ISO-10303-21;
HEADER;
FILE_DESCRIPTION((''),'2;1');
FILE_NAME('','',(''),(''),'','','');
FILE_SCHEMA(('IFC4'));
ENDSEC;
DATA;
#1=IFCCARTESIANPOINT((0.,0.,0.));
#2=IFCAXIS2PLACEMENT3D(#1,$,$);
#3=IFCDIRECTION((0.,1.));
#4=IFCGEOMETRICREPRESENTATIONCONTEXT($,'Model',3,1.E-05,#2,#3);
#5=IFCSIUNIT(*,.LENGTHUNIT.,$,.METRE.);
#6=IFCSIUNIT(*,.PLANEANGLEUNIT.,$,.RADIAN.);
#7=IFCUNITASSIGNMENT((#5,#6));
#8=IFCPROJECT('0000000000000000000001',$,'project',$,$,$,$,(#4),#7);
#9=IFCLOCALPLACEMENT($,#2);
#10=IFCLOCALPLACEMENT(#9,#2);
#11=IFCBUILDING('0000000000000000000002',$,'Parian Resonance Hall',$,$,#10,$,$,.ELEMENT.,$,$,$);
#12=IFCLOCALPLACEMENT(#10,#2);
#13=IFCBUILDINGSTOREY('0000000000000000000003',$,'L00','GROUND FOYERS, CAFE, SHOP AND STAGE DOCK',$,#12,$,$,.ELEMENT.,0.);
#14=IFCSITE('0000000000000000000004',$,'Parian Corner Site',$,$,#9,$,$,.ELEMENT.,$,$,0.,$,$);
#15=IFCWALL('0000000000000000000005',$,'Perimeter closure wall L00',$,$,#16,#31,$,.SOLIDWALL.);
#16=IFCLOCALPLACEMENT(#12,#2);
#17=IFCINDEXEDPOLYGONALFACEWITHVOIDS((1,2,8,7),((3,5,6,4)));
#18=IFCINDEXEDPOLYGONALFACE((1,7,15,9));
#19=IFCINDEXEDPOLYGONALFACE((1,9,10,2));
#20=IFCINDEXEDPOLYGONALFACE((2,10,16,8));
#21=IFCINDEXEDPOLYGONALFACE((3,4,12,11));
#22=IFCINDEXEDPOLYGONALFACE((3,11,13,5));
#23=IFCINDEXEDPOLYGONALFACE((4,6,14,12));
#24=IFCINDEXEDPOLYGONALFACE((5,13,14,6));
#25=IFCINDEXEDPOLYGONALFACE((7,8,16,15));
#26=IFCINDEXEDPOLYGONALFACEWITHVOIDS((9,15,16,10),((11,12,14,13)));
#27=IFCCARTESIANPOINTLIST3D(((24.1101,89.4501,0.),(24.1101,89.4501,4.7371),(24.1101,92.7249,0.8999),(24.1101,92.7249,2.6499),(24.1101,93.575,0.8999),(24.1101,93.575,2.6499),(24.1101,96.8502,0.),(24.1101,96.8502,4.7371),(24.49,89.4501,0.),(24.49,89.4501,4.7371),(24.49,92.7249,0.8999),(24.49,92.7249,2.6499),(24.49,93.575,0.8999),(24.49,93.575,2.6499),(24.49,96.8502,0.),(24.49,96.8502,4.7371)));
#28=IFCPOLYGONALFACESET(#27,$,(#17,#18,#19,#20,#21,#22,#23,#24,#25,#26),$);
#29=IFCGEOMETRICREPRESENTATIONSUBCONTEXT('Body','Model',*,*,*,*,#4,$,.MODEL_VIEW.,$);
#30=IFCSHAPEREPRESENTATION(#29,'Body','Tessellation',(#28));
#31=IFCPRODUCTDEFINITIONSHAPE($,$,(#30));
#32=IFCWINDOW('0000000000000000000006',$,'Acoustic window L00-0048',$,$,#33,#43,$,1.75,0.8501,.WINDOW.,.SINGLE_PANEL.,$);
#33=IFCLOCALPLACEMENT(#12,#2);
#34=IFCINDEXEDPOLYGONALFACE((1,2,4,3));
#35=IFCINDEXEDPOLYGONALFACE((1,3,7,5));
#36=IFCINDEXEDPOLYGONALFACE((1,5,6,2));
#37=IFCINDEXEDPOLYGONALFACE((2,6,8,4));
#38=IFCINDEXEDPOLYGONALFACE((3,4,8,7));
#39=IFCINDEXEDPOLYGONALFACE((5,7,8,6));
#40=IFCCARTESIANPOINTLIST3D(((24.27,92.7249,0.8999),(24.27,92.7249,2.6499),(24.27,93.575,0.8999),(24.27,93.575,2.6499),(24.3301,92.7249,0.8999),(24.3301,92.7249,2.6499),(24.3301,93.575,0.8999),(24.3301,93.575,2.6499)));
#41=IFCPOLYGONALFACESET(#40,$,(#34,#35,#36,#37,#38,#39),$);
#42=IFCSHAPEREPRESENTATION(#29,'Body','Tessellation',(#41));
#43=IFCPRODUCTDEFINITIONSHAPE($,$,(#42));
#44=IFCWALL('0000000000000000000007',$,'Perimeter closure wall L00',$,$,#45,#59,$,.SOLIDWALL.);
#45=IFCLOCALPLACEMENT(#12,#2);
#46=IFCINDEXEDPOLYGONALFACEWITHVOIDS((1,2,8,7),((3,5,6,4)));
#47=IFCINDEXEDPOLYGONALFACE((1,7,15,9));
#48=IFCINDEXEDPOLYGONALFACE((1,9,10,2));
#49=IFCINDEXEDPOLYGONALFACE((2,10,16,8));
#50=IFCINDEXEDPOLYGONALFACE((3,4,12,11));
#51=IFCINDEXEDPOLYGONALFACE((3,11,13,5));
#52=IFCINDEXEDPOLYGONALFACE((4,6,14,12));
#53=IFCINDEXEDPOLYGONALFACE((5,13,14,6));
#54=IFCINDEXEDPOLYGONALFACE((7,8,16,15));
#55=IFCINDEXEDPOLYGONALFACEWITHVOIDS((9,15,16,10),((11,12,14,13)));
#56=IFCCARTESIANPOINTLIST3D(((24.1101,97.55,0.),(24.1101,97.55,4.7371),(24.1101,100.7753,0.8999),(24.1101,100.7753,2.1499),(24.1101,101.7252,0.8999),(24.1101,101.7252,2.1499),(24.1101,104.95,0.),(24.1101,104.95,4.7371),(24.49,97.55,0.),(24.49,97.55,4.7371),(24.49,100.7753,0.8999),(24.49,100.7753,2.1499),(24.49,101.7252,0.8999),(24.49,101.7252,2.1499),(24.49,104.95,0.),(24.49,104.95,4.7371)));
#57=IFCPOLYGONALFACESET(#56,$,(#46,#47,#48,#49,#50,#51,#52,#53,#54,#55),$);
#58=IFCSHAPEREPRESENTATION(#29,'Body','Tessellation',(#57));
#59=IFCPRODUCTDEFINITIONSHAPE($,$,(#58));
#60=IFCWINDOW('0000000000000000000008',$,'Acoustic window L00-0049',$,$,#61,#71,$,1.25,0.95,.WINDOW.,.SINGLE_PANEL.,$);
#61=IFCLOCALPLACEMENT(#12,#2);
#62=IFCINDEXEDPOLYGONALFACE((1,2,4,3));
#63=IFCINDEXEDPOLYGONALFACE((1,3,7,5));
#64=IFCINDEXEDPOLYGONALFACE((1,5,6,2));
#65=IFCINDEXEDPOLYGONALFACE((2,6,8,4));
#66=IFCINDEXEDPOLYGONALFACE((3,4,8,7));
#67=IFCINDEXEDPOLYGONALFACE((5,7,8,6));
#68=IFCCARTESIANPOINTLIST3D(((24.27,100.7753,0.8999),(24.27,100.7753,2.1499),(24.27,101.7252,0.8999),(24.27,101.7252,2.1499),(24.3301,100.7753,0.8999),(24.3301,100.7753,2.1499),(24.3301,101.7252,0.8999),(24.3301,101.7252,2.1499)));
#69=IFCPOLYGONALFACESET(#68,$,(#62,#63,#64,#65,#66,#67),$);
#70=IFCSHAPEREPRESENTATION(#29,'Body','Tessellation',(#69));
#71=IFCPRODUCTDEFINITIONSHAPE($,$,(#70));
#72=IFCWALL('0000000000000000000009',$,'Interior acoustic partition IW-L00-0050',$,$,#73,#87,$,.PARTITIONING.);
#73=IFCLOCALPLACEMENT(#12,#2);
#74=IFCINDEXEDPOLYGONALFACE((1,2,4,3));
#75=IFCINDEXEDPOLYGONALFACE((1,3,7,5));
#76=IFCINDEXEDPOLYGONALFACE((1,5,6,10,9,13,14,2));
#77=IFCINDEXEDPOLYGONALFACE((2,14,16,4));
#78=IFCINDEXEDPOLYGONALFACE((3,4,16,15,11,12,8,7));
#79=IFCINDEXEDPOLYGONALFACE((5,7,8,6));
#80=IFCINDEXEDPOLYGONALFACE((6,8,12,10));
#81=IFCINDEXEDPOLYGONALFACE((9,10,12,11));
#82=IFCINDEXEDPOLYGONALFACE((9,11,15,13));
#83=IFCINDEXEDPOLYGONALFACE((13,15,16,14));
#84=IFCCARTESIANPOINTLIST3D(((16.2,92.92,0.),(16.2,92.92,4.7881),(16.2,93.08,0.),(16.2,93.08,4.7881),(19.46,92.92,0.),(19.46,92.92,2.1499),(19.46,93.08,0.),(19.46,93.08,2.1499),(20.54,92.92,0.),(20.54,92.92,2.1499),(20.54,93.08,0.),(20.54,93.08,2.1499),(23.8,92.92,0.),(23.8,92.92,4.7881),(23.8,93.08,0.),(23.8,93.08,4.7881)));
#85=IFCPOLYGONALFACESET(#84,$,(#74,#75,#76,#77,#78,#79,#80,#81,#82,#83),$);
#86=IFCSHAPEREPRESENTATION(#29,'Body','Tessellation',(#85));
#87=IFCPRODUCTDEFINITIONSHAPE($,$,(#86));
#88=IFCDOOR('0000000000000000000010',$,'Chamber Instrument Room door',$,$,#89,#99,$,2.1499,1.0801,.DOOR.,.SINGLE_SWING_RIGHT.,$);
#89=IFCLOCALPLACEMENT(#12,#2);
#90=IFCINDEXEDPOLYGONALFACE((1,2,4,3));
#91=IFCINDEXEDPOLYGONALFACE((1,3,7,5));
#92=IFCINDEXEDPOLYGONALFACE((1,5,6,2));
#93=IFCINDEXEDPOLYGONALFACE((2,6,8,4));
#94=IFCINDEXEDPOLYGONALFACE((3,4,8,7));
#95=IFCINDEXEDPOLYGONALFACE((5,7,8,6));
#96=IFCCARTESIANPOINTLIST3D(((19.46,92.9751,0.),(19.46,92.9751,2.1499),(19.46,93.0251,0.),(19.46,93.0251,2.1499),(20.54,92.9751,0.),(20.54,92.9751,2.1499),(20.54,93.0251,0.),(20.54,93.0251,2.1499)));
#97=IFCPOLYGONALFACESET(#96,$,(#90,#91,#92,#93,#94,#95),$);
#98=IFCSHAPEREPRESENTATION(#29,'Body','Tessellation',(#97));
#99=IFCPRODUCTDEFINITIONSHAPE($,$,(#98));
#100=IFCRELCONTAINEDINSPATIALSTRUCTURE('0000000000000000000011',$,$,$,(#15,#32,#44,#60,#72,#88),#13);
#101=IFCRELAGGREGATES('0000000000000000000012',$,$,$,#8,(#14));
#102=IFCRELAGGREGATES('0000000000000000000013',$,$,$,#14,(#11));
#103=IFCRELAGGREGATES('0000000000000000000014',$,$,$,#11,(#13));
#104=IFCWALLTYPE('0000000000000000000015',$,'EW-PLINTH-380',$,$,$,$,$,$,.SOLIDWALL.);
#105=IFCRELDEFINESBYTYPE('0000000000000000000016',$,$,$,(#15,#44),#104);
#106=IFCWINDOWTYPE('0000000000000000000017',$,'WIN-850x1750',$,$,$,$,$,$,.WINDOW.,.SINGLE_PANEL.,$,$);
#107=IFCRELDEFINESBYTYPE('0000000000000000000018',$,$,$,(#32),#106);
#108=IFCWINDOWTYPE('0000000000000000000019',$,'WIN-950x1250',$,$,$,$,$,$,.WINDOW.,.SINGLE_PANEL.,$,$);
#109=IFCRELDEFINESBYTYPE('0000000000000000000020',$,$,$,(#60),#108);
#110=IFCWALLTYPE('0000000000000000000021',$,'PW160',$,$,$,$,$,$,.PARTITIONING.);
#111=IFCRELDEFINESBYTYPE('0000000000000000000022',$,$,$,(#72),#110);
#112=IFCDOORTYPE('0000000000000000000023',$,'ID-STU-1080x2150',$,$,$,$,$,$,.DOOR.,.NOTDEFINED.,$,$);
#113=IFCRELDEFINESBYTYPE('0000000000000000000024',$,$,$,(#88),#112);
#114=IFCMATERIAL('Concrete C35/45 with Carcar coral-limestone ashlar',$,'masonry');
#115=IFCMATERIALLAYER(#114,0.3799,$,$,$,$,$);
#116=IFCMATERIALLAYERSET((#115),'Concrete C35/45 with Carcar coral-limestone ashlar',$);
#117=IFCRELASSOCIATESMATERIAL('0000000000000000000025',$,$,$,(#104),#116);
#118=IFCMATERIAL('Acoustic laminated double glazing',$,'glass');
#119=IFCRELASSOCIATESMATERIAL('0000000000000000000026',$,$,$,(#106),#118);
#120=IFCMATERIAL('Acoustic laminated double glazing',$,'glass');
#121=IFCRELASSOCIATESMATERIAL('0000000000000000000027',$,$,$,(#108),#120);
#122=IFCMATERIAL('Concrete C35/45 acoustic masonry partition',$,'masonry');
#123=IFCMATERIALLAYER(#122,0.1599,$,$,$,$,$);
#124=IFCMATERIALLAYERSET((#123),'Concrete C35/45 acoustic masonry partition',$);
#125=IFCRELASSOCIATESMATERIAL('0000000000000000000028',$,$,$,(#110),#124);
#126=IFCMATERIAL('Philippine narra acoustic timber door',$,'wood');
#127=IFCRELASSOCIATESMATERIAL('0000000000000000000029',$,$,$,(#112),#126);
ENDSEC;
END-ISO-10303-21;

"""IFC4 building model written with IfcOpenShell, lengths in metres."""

from ifc_helpers import new_model, si_unit, direction, frame, frame_2d, origin, place, context, subcontext, project, spatial, rectangle, extrude, material, layer, layer_set, type_object, element, fill, save


model = new_model("IFC4")

# Units and contexts
model_context = context("Model", 3, precision=1e-05, world=origin(), true_north=direction((0.0, 1.0)))
body_context = subcontext(model_context, "Body", "Model", "MODEL_VIEW")
ifc_project = project(units=[si_unit("LENGTHUNIT", "METRE"), si_unit("PLANEANGLEUNIT", "RADIAN")], contexts=[model_context])

# Site, building, storey
site_placement = place(None, origin())
site = spatial("IfcSite", under=ifc_project, at=site_placement, Name="Parian Corner Site", CompositionType="ELEMENT", RefElevation=0.0)
building_placement = place(site_placement, origin())
building = spatial("IfcBuilding", under=site, at=building_placement, Name="Parian Resonance Hall", CompositionType="ELEMENT")
storey_placement = place(building_placement, origin())
storey = spatial("IfcBuildingStorey", under=building, at=storey_placement, Name="L00", Description="GROUND FOYERS, CAFE, SHOP AND STAGE DOCK", CompositionType="ELEMENT", Elevation=0.0)

# Walls, openings, windows
ifc_material_1 = material(Name="Concrete C35/45 with Carcar coral-limestone ashlar", Category="masonry")
ifc_layer_1 = layer(ifc_material_1, 0.3799)
ifc_layer_set_1 = layer_set([ifc_layer_1], Name="Concrete C35/45 with Carcar coral-limestone ashlar")
wall_type_1 = type_object("IfcWallType", Name="EW-PLINTH-380", PredefinedType="SOLIDWALL", material=ifc_layer_set_1)
wall_1_placement = place(storey_placement, frame((24.3, 89.45, 0.0), z_axis=(0.0, 0.0, 1.0), x_axis=(0.0, 1.0, 0.0)))
wall_1 = element("IfcWall", 1, at=wall_1_placement, inside=storey, type_object=wall_type_1, Name="Perimeter closure wall L00", PredefinedType="SOLIDWALL", context=body_context, shape_type="SweptSolid", body=[
    extrude(rectangle(XDim=7.4001, YDim=0.3799, at=frame_2d((3.7002, 0.0))), origin(), (0.0, 0.0, 1.0), 4.7371),
])
opening_1_placement = place(wall_1_placement, frame((3.2749, 0.0, 0.8999)))
opening_1 = element("IfcOpeningElement", 2, at=opening_1_placement, cuts=wall_1, PredefinedType="OPENING", context=body_context, shape_type="SweptSolid", body=[
    extrude(rectangle(XDim=0.8501, YDim=1.75, at=frame_2d((0.425, 0.875))), frame((0.0, 0.2, 0.0), z_axis=(0.0, -1.0, 0.0), x_axis=(1.0, 0.0, 0.0)), (0.0, 0.0, 1.0), 0.3999),
])
ifc_material_2 = material(Name="Acoustic laminated double glazing", Category="glass")
window_type_1 = type_object("IfcWindowType", Name="WIN-850x1750", PartitioningType="SINGLE_PANEL", PredefinedType="WINDOW", material=ifc_material_2)
window_1_placement = place(opening_1_placement, origin())
window_1 = element("IfcWindow", 3, at=window_1_placement, inside=storey, type_object=window_type_1, Name="Acoustic window L00-0048", OverallHeight=1.75, OverallWidth=0.8501, PartitioningType="SINGLE_PANEL", PredefinedType="WINDOW", context=body_context, shape_type="SweptSolid", body=[
    extrude(rectangle(XDim=0.8501, YDim=1.75, at=frame_2d((0.425, 0.875))), frame((0.0, 0.03, 0.0), z_axis=(0.0, -1.0, 0.0), x_axis=(1.0, 0.0, 0.0)), (0.0, 0.0, 1.0), 0.0601),
])
fill(opening_1, window_1)
wall_2_placement = place(storey_placement, frame((24.3, 97.55, 0.0), z_axis=(0.0, 0.0, 1.0), x_axis=(0.0, 1.0, 0.0)))
wall_2 = element("IfcWall", 4, at=wall_2_placement, inside=storey, type_object=wall_type_1, Name="Perimeter closure wall L00", PredefinedType="SOLIDWALL", context=body_context, shape_type="SweptSolid", body=[
    extrude(rectangle(XDim=7.3999, YDim=0.3799, at=frame_2d((3.7, 0.0))), origin(), (0.0, 0.0, 1.0), 4.7371),
])
opening_2_placement = place(wall_2_placement, frame((3.2251, 0.0, 0.8999)))
opening_2 = element("IfcOpeningElement", 5, at=opening_2_placement, cuts=wall_2, PredefinedType="OPENING", context=body_context, shape_type="SweptSolid", body=[
    extrude(rectangle(XDim=0.95, YDim=1.25, at=frame_2d((0.4751, 0.625))), frame((0.0, 0.2, 0.0), z_axis=(0.0, -1.0, 0.0), x_axis=(1.0, 0.0, 0.0)), (0.0, 0.0, 1.0), 0.3999),
])
ifc_material_3 = material(Name="Acoustic laminated double glazing", Category="glass")
window_type_2 = type_object("IfcWindowType", Name="WIN-950x1250", PartitioningType="SINGLE_PANEL", PredefinedType="WINDOW", material=ifc_material_3)
window_2_placement = place(opening_2_placement, origin())
window_2 = element("IfcWindow", 6, at=window_2_placement, inside=storey, type_object=window_type_2, Name="Acoustic window L00-0049", OverallHeight=1.25, OverallWidth=0.95, PartitioningType="SINGLE_PANEL", PredefinedType="WINDOW", context=body_context, shape_type="SweptSolid", body=[
    extrude(rectangle(XDim=0.95, YDim=1.25, at=frame_2d((0.4751, 0.625))), frame((0.0, 0.03, 0.0), z_axis=(0.0, -1.0, 0.0), x_axis=(1.0, 0.0, 0.0)), (0.0, 0.0, 1.0), 0.0601),
])
fill(opening_2, window_2)

# Wall, opening, door
ifc_material_4 = material(Name="Concrete C35/45 acoustic masonry partition", Category="masonry")
ifc_layer_2 = layer(ifc_material_4, 0.1599)
ifc_layer_set_2 = layer_set([ifc_layer_2], Name="Concrete C35/45 acoustic masonry partition")
wall_type_2 = type_object("IfcWallType", Name="PW160", PredefinedType="PARTITIONING", material=ifc_layer_set_2)
wall_3_placement = place(storey_placement, frame((23.8, 93.0, 0.0), z_axis=(0.0, 0.0, 1.0), x_axis=(-1.0, 0.0, 0.0)))
wall_3 = element("IfcWall", 7, at=wall_3_placement, inside=storey, type_object=wall_type_2, Name="Interior acoustic partition IW-L00-0050", PredefinedType="PARTITIONING", context=body_context, shape_type="SweptSolid", body=[
    extrude(rectangle(XDim=7.6001, YDim=0.1599, at=frame_2d((3.8, 0.0))), origin(), (0.0, 0.0, 1.0), 4.7881),
])
opening_3_placement = place(wall_3_placement, frame((3.26, 0.0, 0.0)))
opening_3 = element("IfcOpeningElement", 8, at=opening_3_placement, cuts=wall_3, PredefinedType="OPENING", context=body_context, shape_type="SweptSolid", body=[
    extrude(rectangle(XDim=1.0801, YDim=2.1499, at=frame_2d((0.54, 1.075))), frame((0.0, 0.0898, 0.0), z_axis=(0.0, -1.0, 0.0), x_axis=(1.0, 0.0, 0.0)), (0.0, 0.0, 1.0), 0.1799),
])
ifc_material_5 = material(Name="Philippine narra acoustic timber door", Category="wood")
door_type = type_object("IfcDoorType", Name="ID-STU-1080x2150", OperationType="NOTDEFINED", PredefinedType="DOOR", material=ifc_material_5)
door_placement = place(opening_3_placement, origin())
door = element("IfcDoor", 9, at=door_placement, inside=storey, type_object=door_type, Name="Chamber Instrument Room door", OperationType="SINGLE_SWING_RIGHT", OverallHeight=2.1499, OverallWidth=1.0801, PredefinedType="DOOR", context=body_context, shape_type="SweptSolid", body=[
    extrude(rectangle(XDim=1.0801, YDim=2.1499, at=frame_2d((0.54, 1.075))), frame((0.0, 0.0249, 0.0), z_axis=(0.0, -1.0, 0.0), x_axis=(1.0, 0.0, 0.0)), (0.0, 0.0, 1.0), 0.05),
])
fill(opening_3, door)

save(model, "model.ifc")
